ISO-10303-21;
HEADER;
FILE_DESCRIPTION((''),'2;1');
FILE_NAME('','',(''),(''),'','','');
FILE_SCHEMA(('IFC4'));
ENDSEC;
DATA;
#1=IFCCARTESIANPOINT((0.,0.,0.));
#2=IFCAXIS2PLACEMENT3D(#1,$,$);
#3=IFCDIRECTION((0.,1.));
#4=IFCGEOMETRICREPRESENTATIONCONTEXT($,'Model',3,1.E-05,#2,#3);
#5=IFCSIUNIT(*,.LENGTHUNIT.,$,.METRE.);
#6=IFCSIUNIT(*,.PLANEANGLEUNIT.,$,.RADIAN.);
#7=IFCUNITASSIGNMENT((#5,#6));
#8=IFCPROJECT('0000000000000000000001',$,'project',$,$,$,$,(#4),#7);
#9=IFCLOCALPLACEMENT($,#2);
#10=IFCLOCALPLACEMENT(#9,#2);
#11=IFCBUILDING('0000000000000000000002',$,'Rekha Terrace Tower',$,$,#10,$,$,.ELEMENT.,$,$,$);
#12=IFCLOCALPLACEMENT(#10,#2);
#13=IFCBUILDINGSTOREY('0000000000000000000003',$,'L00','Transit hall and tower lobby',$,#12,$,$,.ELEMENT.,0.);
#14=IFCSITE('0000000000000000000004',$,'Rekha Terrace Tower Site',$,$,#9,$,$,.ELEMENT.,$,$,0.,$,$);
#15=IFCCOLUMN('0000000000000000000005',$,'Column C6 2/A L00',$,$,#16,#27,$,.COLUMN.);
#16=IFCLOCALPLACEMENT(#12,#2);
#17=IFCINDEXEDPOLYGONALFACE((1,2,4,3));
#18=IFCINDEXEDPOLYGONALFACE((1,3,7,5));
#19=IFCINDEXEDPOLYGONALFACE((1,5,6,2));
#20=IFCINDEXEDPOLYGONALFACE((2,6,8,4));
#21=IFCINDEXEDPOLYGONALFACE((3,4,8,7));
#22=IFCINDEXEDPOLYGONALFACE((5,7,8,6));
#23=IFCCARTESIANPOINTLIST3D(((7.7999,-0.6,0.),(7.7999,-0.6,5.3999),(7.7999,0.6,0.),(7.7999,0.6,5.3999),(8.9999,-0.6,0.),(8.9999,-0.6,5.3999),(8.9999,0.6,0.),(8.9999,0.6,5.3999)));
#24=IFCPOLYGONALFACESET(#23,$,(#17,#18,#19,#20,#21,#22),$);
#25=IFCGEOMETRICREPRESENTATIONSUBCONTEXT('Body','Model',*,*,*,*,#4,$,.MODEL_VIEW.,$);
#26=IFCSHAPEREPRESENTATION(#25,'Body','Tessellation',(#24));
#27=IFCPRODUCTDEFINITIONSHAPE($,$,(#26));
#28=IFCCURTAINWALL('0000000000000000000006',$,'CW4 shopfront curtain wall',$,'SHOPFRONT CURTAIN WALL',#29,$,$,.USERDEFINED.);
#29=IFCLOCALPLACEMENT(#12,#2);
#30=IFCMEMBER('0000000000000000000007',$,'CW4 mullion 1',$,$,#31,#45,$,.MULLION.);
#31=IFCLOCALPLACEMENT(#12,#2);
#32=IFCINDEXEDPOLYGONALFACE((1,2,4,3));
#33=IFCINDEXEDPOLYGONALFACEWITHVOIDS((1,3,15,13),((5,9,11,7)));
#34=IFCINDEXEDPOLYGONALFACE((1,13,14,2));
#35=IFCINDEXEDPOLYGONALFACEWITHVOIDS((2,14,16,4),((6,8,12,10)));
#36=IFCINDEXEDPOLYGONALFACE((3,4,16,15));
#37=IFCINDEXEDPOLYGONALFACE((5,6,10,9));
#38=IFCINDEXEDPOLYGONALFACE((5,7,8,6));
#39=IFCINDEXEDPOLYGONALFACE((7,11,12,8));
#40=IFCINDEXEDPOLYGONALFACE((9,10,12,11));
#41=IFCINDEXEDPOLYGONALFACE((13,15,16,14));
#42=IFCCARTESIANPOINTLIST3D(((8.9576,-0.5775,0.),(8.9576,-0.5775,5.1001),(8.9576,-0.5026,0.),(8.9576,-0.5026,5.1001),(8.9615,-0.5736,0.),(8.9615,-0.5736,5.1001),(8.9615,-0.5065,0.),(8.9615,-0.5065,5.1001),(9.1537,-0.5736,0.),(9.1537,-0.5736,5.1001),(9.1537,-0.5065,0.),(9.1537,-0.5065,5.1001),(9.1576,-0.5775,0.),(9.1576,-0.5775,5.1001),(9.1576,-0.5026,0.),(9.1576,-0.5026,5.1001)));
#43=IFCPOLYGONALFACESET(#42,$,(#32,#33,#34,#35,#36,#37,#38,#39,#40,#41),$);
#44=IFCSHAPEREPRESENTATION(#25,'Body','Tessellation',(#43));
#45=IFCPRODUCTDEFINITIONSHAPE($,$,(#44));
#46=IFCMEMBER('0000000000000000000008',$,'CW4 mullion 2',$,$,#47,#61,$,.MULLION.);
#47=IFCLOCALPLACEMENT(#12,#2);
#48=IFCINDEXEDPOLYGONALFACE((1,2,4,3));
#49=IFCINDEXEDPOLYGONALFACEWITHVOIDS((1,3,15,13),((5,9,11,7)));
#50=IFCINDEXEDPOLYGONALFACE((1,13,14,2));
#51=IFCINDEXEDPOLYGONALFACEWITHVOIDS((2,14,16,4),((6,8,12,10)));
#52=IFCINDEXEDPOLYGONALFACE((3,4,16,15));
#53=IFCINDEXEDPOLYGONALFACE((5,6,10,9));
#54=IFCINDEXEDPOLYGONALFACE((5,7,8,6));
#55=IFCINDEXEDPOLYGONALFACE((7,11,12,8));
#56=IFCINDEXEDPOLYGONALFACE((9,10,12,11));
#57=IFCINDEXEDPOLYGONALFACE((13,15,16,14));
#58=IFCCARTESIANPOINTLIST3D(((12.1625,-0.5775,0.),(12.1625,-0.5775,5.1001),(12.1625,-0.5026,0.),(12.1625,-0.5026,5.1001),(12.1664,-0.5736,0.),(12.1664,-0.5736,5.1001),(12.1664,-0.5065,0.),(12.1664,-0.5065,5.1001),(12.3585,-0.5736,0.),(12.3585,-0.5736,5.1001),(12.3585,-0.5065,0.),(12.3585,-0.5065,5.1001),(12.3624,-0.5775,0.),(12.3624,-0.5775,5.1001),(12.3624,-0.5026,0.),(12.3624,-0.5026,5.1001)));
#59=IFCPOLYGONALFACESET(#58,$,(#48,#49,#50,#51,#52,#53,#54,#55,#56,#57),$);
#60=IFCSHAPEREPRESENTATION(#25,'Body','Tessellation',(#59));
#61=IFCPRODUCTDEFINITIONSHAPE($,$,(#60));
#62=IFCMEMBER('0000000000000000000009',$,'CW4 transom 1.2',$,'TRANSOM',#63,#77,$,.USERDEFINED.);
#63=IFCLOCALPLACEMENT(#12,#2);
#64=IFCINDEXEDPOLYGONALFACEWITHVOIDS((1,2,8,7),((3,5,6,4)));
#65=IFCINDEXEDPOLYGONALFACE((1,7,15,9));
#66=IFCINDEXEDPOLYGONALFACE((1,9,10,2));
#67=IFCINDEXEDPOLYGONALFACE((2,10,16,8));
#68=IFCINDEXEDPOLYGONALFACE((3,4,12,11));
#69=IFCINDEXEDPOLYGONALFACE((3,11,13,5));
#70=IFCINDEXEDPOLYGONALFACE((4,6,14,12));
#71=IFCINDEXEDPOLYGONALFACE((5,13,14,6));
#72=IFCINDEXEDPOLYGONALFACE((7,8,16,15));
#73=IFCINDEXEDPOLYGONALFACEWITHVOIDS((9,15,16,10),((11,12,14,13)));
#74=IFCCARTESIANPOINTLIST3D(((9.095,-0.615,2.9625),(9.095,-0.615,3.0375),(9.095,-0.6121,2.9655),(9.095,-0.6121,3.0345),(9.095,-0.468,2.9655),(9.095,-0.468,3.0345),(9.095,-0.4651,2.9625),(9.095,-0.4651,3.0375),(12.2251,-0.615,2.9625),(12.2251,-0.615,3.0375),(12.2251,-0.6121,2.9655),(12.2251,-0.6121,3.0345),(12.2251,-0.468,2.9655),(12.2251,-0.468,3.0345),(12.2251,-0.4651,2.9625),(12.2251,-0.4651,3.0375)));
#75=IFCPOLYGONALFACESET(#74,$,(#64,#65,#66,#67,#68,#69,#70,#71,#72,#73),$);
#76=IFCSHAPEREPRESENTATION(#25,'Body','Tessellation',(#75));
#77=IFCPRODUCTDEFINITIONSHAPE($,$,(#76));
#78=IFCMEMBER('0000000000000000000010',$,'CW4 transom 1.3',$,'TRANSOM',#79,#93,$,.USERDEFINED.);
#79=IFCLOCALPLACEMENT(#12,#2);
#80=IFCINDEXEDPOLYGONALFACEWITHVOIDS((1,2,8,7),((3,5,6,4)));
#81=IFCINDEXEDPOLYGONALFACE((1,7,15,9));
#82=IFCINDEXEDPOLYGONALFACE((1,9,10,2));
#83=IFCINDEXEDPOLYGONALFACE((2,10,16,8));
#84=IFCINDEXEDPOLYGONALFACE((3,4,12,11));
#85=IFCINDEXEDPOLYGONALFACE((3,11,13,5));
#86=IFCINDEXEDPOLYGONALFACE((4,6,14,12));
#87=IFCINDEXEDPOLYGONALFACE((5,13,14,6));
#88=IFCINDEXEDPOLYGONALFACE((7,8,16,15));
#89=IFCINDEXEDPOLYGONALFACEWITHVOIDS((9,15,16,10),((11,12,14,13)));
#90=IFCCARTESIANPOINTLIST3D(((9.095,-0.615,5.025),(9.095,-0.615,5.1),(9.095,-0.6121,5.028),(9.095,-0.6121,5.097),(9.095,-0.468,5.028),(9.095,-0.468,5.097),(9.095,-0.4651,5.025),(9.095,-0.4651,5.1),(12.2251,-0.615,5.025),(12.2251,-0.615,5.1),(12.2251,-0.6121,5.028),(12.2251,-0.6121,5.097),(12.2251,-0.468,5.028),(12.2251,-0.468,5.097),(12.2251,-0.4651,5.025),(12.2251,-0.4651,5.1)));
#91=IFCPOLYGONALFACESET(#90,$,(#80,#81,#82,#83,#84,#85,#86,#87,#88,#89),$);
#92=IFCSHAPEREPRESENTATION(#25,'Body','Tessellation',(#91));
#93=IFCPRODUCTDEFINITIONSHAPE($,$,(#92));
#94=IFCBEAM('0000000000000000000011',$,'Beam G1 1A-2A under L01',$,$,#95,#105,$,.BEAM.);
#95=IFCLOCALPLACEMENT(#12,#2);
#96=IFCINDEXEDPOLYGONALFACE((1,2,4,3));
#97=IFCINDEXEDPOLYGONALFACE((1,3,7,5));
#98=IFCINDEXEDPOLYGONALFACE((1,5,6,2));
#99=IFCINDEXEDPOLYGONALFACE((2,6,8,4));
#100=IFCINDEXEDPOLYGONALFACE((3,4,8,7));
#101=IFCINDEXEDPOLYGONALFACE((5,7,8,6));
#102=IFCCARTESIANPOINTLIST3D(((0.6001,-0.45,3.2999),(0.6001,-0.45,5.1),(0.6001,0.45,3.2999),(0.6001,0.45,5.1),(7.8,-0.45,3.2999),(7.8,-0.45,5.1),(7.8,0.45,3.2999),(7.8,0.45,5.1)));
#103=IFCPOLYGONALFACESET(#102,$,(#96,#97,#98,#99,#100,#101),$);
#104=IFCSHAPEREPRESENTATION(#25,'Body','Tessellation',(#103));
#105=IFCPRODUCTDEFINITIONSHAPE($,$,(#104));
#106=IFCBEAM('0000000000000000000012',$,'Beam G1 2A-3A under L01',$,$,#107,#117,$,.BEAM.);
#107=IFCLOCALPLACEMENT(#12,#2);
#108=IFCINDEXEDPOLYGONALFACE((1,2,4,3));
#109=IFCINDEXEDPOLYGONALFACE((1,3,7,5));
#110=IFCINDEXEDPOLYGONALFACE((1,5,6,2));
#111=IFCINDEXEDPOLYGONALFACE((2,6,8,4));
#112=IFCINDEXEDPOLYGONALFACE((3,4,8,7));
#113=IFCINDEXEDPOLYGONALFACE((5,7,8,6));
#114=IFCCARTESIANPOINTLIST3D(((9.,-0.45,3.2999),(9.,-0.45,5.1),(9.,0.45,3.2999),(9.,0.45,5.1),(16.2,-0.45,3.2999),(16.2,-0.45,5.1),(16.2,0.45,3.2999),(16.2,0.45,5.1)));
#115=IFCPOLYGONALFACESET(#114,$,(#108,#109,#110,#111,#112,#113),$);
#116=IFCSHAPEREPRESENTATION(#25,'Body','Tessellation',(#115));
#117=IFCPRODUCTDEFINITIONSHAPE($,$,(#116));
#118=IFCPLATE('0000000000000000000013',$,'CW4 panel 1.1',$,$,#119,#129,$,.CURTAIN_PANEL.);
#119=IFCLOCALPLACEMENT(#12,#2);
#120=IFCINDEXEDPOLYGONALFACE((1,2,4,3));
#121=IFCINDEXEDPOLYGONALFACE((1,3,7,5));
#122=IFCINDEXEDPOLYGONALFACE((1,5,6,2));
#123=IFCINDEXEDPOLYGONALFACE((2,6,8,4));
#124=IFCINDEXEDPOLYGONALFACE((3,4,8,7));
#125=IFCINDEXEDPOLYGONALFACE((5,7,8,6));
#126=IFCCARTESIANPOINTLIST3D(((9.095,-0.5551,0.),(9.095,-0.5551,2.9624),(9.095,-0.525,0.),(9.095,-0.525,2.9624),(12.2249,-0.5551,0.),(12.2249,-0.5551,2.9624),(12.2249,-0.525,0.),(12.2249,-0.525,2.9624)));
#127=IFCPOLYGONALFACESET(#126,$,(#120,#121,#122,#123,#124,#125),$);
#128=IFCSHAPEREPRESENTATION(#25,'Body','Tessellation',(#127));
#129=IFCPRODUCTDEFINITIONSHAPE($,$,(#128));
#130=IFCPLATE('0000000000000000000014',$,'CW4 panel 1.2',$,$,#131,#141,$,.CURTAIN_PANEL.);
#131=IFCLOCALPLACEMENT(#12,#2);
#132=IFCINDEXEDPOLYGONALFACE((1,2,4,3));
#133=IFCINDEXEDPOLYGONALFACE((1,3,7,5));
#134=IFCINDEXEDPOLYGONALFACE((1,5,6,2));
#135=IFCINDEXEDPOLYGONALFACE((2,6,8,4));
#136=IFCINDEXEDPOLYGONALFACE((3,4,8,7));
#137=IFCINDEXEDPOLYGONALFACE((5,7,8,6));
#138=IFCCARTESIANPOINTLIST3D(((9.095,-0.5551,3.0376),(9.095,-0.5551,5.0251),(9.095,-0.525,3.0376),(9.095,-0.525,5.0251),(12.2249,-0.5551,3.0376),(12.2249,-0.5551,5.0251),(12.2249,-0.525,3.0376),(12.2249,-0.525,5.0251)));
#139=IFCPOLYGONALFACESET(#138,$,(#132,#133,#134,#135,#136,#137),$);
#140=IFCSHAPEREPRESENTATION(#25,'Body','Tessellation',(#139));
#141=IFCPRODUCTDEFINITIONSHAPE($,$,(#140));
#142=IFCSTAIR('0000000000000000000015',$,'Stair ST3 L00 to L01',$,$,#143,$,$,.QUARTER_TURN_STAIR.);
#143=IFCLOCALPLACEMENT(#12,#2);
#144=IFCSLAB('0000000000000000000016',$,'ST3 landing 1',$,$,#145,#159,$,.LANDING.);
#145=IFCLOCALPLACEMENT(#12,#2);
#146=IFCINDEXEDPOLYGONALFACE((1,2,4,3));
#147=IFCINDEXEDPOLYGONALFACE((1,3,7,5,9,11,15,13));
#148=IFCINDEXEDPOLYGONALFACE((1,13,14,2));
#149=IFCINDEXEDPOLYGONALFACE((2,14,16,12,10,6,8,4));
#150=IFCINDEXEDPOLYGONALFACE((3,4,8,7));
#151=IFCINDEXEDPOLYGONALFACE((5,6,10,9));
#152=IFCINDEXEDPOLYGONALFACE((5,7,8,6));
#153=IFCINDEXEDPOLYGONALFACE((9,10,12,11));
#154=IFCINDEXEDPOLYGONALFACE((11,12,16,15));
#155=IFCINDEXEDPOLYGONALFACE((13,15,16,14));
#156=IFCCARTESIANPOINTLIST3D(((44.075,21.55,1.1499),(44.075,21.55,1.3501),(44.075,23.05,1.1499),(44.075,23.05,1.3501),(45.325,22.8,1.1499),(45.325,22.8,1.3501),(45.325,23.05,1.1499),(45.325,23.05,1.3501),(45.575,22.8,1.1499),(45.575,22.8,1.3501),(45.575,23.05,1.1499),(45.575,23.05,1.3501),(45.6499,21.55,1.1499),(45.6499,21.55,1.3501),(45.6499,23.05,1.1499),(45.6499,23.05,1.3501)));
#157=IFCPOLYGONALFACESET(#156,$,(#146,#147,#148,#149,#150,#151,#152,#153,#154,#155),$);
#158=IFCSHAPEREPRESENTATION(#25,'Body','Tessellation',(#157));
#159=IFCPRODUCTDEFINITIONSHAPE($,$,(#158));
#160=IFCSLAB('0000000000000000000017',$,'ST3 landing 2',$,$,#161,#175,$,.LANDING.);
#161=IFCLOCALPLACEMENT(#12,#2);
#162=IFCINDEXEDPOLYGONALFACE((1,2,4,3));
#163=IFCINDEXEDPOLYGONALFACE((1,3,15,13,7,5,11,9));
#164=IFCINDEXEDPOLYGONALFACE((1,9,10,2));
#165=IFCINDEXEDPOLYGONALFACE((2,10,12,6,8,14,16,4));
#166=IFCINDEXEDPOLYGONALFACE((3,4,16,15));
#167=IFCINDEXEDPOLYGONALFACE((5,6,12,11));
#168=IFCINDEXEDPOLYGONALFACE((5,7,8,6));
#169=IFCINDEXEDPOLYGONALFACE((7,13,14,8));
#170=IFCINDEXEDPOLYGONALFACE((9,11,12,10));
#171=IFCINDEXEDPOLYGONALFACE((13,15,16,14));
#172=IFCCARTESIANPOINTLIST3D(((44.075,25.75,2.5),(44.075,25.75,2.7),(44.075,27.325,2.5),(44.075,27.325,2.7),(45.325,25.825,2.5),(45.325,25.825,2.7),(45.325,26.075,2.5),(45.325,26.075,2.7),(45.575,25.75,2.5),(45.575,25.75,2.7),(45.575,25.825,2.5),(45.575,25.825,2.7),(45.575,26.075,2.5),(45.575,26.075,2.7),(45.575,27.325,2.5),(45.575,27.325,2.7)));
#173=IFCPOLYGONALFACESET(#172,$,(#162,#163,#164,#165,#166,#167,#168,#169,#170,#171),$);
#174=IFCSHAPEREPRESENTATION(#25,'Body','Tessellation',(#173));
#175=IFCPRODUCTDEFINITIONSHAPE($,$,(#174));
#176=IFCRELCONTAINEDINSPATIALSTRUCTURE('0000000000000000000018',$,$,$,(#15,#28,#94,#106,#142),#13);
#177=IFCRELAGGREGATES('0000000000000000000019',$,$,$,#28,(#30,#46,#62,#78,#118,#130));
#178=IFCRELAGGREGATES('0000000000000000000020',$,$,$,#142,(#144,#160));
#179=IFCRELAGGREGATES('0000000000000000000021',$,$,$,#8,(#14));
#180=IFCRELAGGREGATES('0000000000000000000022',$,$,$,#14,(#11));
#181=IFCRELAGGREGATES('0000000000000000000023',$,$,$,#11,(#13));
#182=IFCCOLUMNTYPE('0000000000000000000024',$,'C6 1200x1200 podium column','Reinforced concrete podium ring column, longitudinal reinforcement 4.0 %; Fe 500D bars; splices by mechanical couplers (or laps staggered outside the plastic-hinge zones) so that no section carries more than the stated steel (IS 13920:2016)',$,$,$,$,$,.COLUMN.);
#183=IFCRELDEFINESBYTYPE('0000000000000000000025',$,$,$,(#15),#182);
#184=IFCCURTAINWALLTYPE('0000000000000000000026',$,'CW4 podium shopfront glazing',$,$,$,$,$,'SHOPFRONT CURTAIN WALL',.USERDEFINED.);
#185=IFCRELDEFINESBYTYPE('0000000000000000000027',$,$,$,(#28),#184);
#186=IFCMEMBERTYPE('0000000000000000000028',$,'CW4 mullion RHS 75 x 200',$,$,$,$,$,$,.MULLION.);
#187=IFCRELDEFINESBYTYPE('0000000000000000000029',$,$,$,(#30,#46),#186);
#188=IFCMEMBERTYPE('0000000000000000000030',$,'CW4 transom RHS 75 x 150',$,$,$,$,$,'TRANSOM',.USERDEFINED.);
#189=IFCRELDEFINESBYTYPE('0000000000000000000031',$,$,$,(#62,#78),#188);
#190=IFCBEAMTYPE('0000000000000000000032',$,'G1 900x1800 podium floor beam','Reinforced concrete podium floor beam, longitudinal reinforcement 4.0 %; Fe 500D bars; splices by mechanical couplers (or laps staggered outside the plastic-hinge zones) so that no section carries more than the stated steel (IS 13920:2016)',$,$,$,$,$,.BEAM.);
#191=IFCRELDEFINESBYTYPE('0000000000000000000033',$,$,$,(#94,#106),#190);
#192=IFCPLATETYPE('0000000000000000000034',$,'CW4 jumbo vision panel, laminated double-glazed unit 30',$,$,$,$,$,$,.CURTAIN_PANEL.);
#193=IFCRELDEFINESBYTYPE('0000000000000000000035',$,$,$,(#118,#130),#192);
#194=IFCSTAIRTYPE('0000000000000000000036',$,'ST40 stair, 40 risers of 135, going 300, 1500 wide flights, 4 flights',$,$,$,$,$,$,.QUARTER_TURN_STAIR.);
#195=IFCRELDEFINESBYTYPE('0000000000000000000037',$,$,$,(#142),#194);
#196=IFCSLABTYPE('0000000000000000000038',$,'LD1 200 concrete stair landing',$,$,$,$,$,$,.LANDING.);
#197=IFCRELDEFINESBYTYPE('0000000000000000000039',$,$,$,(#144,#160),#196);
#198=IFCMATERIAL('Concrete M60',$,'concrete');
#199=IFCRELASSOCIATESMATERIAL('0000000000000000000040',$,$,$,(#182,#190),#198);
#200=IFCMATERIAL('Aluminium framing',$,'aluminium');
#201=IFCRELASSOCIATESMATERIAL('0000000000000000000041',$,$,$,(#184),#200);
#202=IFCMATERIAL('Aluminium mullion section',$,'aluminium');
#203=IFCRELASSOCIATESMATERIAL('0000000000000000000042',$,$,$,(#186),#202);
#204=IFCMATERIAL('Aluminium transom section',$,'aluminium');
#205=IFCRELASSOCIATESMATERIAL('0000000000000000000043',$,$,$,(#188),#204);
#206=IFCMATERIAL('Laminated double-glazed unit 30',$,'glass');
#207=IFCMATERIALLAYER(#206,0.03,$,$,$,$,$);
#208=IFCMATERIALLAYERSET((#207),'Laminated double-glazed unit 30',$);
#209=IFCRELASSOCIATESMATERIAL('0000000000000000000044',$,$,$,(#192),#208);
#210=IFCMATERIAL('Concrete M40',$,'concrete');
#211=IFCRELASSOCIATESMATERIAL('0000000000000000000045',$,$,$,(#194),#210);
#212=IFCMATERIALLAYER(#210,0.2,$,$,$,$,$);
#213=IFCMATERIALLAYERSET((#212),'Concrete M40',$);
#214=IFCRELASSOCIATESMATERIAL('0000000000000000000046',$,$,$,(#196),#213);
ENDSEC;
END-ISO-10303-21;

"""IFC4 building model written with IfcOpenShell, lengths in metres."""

from ifc_helpers import new_model, si_unit, direction, frame, origin, origin_2d, place, context, subcontext, project, spatial, polyline, rectangle, hollow_rectangle, outline, extrude, material, layer, layer_set, material_profile, profile_set, type_object, element, aggregate, save


model = new_model("IFC4")

# Units and contexts
model_context = context("Model", 3, precision=1e-05, world=origin(), true_north=direction((0.0, 1.0)))
body_context = subcontext(model_context, "Body", "Model", "MODEL_VIEW")
ifc_project = project(units=[si_unit("LENGTHUNIT", "METRE"), si_unit("PLANEANGLEUNIT", "RADIAN")], contexts=[model_context])

# Site, building, storey
site_placement = place(None, origin())
site = spatial("IfcSite", under=ifc_project, at=site_placement, Name="Rekha Terrace Tower Site", CompositionType="ELEMENT", RefElevation=0.0)
building_placement = place(site_placement, origin())
building = spatial("IfcBuilding", under=site, at=building_placement, Name="Rekha Terrace Tower", CompositionType="ELEMENT")
storey_placement = place(building_placement, origin())
storey = spatial("IfcBuildingStorey", under=building, at=storey_placement, Name="L00", Description="Transit hall and tower lobby", CompositionType="ELEMENT", Elevation=0.0)

# Column
ifc_material_1 = material(Name="Concrete M60", Category="concrete")
ifc_material_profile_1 = material_profile(ifc_material_1, rectangle(XDim=1.2, YDim=1.2, at=origin_2d()), Name="RC 1200x1200")
ifc_profile_set_1 = profile_set([ifc_material_profile_1], Name="Concrete M60")
column_type = type_object("IfcColumnType", Name="C6 1200x1200 podium column", Description="Reinforced concrete podium ring column, longitudinal reinforcement 4.0 %; Fe 500D bars; splices by mechanical couplers (or laps staggered outside the plastic-hinge zones) so that no section carries more than the stated steel (IS 13920:2016)", PredefinedType="COLUMN", material=ifc_profile_set_1)
column_placement = place(storey_placement, frame((8.3999, 0.0, 0.0), z_axis=(0.0, 0.0, 1.0), x_axis=(1.0, 0.0, 0.0)))
element("IfcColumn", 1, at=column_placement, inside=storey, type_object=column_type, Name="Column C6 2/A L00", PredefinedType="COLUMN", context=body_context, shape_type="SweptSolid", body=[
    extrude(rectangle(XDim=1.2, YDim=1.2, at=origin_2d()), origin(), (0.0, 0.0, 1.0), 5.3999),
])

# Curtain wall, members
ifc_material_2 = material(Name="Aluminium framing", Category="aluminium")
curtain_wall_type = type_object("IfcCurtainWallType", Name="CW4 podium shopfront glazing", ElementType="SHOPFRONT CURTAIN WALL", PredefinedType="USERDEFINED", material=ifc_material_2)
curtain_wall_placement = place(storey_placement, origin())
curtain_wall = element("IfcCurtainWall", 2, at=curtain_wall_placement, inside=storey, type_object=curtain_wall_type, Name="CW4 shopfront curtain wall", ObjectType="SHOPFRONT CURTAIN WALL", PredefinedType="USERDEFINED")
ifc_material_3 = material(Name="Aluminium mullion section", Category="aluminium")
ifc_material_profile_2 = material_profile(ifc_material_3, hollow_rectangle(XDim=0.075, YDim=0.2, WallThickness=0.0039, at=origin_2d()), Name="AL RHS 75x200")
ifc_profile_set_2 = profile_set([ifc_material_profile_2], Name="Aluminium mullion section")
member_type_1 = type_object("IfcMemberType", Name="CW4 mullion RHS 75 x 200", PredefinedType="MULLION", material=ifc_profile_set_2)
member_1_placement = place(storey_placement, frame((9.0576, -0.54, 0.0), z_axis=(0.0, 0.0, 1.0), x_axis=(0.0, 1.0, 0.0)))
member_1 = element("IfcMember", 3, at=member_1_placement, type_object=member_type_1, Name="CW4 mullion 1", PredefinedType="MULLION", context=body_context, shape_type="SweptSolid", body=[
    extrude(hollow_rectangle(XDim=0.075, YDim=0.2, WallThickness=0.0039, at=origin_2d()), origin(), (0.0, 0.0, 1.0), 5.1001),
])
member_2_placement = place(storey_placement, frame((12.2625, -0.54, 0.0), z_axis=(0.0, 0.0, 1.0), x_axis=(0.0, 1.0, 0.0)))
member_2 = element("IfcMember", 4, at=member_2_placement, type_object=member_type_1, Name="CW4 mullion 2", PredefinedType="MULLION", context=body_context, shape_type="SweptSolid", body=[
    extrude(hollow_rectangle(XDim=0.075, YDim=0.2, WallThickness=0.0039, at=origin_2d()), origin(), (0.0, 0.0, 1.0), 5.1001),
])
ifc_material_4 = material(Name="Aluminium transom section", Category="aluminium")
ifc_material_profile_3 = material_profile(ifc_material_4, hollow_rectangle(XDim=0.1499, YDim=0.075, WallThickness=0.0029, at=origin_2d()), Name="AL RHS 150x75")
ifc_profile_set_3 = profile_set([ifc_material_profile_3], Name="Aluminium transom section")
member_type_2 = type_object("IfcMemberType", Name="CW4 transom RHS 75 x 150", ElementType="TRANSOM", PredefinedType="USERDEFINED", material=ifc_profile_set_3)
member_3_placement = place(storey_placement, frame((9.095, -0.54, 3.0), z_axis=(1.0, 0.0, 0.0), x_axis=(0.0, 1.0, 0.0)))
member_3 = element("IfcMember", 5, at=member_3_placement, type_object=member_type_2, Name="CW4 transom 1.2", ObjectType="TRANSOM", PredefinedType="USERDEFINED", context=body_context, shape_type="SweptSolid", body=[
    extrude(hollow_rectangle(XDim=0.1499, YDim=0.075, WallThickness=0.0029, at=origin_2d()), origin(), (0.0, 0.0, 1.0), 3.1301),
])
member_4_placement = place(storey_placement, frame((9.095, -0.54, 5.0625), z_axis=(1.0, 0.0, 0.0), x_axis=(0.0, 1.0, 0.0)))
member_4 = element("IfcMember", 6, at=member_4_placement, type_object=member_type_2, Name="CW4 transom 1.3", ObjectType="TRANSOM", PredefinedType="USERDEFINED", context=body_context, shape_type="SweptSolid", body=[
    extrude(hollow_rectangle(XDim=0.1499, YDim=0.075, WallThickness=0.0029, at=origin_2d()), origin(), (0.0, 0.0, 1.0), 3.1301),
])

# Beams
ifc_material_profile_4 = material_profile(ifc_material_1, rectangle(XDim=0.8999, YDim=1.8, at=origin_2d()), Name="RC 900x1800")
ifc_profile_set_4 = profile_set([ifc_material_profile_4], Name="Concrete M60")
beam_type = type_object("IfcBeamType", Name="G1 900x1800 podium floor beam", Description="Reinforced concrete podium floor beam, longitudinal reinforcement 4.0 %; Fe 500D bars; splices by mechanical couplers (or laps staggered outside the plastic-hinge zones) so that no section carries more than the stated steel (IS 13920:2016)", PredefinedType="BEAM", material=ifc_profile_set_4)
for number, where, z_axis, x_axis, name in (
    (7, (0.6001, 0.0, 4.2), (1.0, 0.0, 0.0), (0.0, 1.0, 0.0), "Beam G1 1A-2A under L01"),
    (8, (9.0, 0.0, 4.2), (1.0, 0.0, 0.0), (0.0, 1.0, 0.0), "Beam G1 2A-3A under L01"),
):
    element("IfcBeam", number, at=place(storey_placement, frame(where, z_axis=z_axis, x_axis=x_axis)), inside=storey, type_object=beam_type, Name=name, PredefinedType="BEAM", context=body_context, shape_type="SweptSolid", body=[
        extrude(rectangle(XDim=0.8999, YDim=1.8, at=origin_2d()), origin(), (0.0, 0.0, 1.0), 7.2),
    ])

# Plates
ifc_material_5 = material(Name="Laminated double-glazed unit 30", Category="glass")
ifc_layer_1 = layer(ifc_material_5, 0.03)
ifc_layer_set_1 = layer_set([ifc_layer_1], Name="Laminated double-glazed unit 30")
plate_type = type_object("IfcPlateType", Name="CW4 jumbo vision panel, laminated double-glazed unit 30", PredefinedType="CURTAIN_PANEL", material=ifc_layer_set_1)
plate_1_placement = place(storey_placement, frame((10.6599, -0.54, 0.0), z_axis=(0.0, 0.0, 1.0), x_axis=(1.0, 0.0, 0.0)))
plate_1 = element("IfcPlate", 9, at=plate_1_placement, type_object=plate_type, Name="CW4 panel 1.1", PredefinedType="CURTAIN_PANEL", context=body_context, shape_type="SweptSolid", body=[
    extrude(rectangle(XDim=3.1299, YDim=0.03, at=origin_2d()), origin(), (0.0, 0.0, 1.0), 2.9624),
])
plate_2_placement = place(storey_placement, frame((10.6599, -0.54, 3.0376), z_axis=(0.0, 0.0, 1.0), x_axis=(1.0, 0.0, 0.0)))
plate_2 = element("IfcPlate", 10, at=plate_2_placement, type_object=plate_type, Name="CW4 panel 1.2", PredefinedType="CURTAIN_PANEL", context=body_context, shape_type="SweptSolid", body=[
    extrude(rectangle(XDim=3.1299, YDim=0.03, at=origin_2d()), origin(), (0.0, 0.0, 1.0), 1.9875),
])
aggregate(curtain_wall, [member_1, member_2, member_3, member_4, plate_1, plate_2])

# Stair, slabs
ifc_material_6 = material(Name="Concrete M40", Category="concrete")
stair_type = type_object("IfcStairType", Name="ST40 stair, 40 risers of 135, going 300, 1500 wide flights, 4 flights", PredefinedType="QUARTER_TURN_STAIR", material=ifc_material_6)
stair_1_placement = place(storey_placement, origin())
stair_1 = element("IfcStair", 11, at=stair_1_placement, inside=storey, type_object=stair_type, Name="Stair ST3 L00 to L01", PredefinedType="QUARTER_TURN_STAIR")
ifc_layer_2 = layer(ifc_material_6, 0.2)
ifc_layer_set_2 = layer_set([ifc_layer_2], Name="Concrete M40")
slab_type = type_object("IfcSlabType", Name="LD1 200 concrete stair landing", PredefinedType="LANDING", material=ifc_layer_set_2)
slab_1_placement = place(storey_placement, frame((0.0, 0.0, 1.1499)))
slab_1 = element("IfcSlab", 12, at=slab_1_placement, type_object=slab_type, Name="ST3 landing 1", PredefinedType="LANDING", context=body_context, shape_type="SweptSolid", body=[
    extrude(outline(polyline([(44.075, 23.05), (44.075, 21.55), (45.6499, 21.55), (45.6499, 23.05), (45.575, 23.05), (45.575, 22.8), (45.325, 22.8), (45.325, 23.05), (44.075, 23.05)])), origin(), (0.0, 0.0, 1.0), 0.2002),
])
slab_2_placement = place(storey_placement, frame((0.0, 0.0, 2.5)))
slab_2 = element("IfcSlab", 13, at=slab_2_placement, type_object=slab_type, Name="ST3 landing 2", PredefinedType="LANDING", context=body_context, shape_type="SweptSolid", body=[
    extrude(outline(polyline([(45.575, 27.325), (44.075, 27.325), (44.075, 25.75), (45.575, 25.75), (45.575, 25.825), (45.325, 25.825), (45.325, 26.075), (45.575, 26.075), (45.575, 27.325)])), origin(), (0.0, 0.0, 1.0), 0.2),
])
aggregate(stair_1, [slab_1, slab_2])

save(model, "model.ifc")
